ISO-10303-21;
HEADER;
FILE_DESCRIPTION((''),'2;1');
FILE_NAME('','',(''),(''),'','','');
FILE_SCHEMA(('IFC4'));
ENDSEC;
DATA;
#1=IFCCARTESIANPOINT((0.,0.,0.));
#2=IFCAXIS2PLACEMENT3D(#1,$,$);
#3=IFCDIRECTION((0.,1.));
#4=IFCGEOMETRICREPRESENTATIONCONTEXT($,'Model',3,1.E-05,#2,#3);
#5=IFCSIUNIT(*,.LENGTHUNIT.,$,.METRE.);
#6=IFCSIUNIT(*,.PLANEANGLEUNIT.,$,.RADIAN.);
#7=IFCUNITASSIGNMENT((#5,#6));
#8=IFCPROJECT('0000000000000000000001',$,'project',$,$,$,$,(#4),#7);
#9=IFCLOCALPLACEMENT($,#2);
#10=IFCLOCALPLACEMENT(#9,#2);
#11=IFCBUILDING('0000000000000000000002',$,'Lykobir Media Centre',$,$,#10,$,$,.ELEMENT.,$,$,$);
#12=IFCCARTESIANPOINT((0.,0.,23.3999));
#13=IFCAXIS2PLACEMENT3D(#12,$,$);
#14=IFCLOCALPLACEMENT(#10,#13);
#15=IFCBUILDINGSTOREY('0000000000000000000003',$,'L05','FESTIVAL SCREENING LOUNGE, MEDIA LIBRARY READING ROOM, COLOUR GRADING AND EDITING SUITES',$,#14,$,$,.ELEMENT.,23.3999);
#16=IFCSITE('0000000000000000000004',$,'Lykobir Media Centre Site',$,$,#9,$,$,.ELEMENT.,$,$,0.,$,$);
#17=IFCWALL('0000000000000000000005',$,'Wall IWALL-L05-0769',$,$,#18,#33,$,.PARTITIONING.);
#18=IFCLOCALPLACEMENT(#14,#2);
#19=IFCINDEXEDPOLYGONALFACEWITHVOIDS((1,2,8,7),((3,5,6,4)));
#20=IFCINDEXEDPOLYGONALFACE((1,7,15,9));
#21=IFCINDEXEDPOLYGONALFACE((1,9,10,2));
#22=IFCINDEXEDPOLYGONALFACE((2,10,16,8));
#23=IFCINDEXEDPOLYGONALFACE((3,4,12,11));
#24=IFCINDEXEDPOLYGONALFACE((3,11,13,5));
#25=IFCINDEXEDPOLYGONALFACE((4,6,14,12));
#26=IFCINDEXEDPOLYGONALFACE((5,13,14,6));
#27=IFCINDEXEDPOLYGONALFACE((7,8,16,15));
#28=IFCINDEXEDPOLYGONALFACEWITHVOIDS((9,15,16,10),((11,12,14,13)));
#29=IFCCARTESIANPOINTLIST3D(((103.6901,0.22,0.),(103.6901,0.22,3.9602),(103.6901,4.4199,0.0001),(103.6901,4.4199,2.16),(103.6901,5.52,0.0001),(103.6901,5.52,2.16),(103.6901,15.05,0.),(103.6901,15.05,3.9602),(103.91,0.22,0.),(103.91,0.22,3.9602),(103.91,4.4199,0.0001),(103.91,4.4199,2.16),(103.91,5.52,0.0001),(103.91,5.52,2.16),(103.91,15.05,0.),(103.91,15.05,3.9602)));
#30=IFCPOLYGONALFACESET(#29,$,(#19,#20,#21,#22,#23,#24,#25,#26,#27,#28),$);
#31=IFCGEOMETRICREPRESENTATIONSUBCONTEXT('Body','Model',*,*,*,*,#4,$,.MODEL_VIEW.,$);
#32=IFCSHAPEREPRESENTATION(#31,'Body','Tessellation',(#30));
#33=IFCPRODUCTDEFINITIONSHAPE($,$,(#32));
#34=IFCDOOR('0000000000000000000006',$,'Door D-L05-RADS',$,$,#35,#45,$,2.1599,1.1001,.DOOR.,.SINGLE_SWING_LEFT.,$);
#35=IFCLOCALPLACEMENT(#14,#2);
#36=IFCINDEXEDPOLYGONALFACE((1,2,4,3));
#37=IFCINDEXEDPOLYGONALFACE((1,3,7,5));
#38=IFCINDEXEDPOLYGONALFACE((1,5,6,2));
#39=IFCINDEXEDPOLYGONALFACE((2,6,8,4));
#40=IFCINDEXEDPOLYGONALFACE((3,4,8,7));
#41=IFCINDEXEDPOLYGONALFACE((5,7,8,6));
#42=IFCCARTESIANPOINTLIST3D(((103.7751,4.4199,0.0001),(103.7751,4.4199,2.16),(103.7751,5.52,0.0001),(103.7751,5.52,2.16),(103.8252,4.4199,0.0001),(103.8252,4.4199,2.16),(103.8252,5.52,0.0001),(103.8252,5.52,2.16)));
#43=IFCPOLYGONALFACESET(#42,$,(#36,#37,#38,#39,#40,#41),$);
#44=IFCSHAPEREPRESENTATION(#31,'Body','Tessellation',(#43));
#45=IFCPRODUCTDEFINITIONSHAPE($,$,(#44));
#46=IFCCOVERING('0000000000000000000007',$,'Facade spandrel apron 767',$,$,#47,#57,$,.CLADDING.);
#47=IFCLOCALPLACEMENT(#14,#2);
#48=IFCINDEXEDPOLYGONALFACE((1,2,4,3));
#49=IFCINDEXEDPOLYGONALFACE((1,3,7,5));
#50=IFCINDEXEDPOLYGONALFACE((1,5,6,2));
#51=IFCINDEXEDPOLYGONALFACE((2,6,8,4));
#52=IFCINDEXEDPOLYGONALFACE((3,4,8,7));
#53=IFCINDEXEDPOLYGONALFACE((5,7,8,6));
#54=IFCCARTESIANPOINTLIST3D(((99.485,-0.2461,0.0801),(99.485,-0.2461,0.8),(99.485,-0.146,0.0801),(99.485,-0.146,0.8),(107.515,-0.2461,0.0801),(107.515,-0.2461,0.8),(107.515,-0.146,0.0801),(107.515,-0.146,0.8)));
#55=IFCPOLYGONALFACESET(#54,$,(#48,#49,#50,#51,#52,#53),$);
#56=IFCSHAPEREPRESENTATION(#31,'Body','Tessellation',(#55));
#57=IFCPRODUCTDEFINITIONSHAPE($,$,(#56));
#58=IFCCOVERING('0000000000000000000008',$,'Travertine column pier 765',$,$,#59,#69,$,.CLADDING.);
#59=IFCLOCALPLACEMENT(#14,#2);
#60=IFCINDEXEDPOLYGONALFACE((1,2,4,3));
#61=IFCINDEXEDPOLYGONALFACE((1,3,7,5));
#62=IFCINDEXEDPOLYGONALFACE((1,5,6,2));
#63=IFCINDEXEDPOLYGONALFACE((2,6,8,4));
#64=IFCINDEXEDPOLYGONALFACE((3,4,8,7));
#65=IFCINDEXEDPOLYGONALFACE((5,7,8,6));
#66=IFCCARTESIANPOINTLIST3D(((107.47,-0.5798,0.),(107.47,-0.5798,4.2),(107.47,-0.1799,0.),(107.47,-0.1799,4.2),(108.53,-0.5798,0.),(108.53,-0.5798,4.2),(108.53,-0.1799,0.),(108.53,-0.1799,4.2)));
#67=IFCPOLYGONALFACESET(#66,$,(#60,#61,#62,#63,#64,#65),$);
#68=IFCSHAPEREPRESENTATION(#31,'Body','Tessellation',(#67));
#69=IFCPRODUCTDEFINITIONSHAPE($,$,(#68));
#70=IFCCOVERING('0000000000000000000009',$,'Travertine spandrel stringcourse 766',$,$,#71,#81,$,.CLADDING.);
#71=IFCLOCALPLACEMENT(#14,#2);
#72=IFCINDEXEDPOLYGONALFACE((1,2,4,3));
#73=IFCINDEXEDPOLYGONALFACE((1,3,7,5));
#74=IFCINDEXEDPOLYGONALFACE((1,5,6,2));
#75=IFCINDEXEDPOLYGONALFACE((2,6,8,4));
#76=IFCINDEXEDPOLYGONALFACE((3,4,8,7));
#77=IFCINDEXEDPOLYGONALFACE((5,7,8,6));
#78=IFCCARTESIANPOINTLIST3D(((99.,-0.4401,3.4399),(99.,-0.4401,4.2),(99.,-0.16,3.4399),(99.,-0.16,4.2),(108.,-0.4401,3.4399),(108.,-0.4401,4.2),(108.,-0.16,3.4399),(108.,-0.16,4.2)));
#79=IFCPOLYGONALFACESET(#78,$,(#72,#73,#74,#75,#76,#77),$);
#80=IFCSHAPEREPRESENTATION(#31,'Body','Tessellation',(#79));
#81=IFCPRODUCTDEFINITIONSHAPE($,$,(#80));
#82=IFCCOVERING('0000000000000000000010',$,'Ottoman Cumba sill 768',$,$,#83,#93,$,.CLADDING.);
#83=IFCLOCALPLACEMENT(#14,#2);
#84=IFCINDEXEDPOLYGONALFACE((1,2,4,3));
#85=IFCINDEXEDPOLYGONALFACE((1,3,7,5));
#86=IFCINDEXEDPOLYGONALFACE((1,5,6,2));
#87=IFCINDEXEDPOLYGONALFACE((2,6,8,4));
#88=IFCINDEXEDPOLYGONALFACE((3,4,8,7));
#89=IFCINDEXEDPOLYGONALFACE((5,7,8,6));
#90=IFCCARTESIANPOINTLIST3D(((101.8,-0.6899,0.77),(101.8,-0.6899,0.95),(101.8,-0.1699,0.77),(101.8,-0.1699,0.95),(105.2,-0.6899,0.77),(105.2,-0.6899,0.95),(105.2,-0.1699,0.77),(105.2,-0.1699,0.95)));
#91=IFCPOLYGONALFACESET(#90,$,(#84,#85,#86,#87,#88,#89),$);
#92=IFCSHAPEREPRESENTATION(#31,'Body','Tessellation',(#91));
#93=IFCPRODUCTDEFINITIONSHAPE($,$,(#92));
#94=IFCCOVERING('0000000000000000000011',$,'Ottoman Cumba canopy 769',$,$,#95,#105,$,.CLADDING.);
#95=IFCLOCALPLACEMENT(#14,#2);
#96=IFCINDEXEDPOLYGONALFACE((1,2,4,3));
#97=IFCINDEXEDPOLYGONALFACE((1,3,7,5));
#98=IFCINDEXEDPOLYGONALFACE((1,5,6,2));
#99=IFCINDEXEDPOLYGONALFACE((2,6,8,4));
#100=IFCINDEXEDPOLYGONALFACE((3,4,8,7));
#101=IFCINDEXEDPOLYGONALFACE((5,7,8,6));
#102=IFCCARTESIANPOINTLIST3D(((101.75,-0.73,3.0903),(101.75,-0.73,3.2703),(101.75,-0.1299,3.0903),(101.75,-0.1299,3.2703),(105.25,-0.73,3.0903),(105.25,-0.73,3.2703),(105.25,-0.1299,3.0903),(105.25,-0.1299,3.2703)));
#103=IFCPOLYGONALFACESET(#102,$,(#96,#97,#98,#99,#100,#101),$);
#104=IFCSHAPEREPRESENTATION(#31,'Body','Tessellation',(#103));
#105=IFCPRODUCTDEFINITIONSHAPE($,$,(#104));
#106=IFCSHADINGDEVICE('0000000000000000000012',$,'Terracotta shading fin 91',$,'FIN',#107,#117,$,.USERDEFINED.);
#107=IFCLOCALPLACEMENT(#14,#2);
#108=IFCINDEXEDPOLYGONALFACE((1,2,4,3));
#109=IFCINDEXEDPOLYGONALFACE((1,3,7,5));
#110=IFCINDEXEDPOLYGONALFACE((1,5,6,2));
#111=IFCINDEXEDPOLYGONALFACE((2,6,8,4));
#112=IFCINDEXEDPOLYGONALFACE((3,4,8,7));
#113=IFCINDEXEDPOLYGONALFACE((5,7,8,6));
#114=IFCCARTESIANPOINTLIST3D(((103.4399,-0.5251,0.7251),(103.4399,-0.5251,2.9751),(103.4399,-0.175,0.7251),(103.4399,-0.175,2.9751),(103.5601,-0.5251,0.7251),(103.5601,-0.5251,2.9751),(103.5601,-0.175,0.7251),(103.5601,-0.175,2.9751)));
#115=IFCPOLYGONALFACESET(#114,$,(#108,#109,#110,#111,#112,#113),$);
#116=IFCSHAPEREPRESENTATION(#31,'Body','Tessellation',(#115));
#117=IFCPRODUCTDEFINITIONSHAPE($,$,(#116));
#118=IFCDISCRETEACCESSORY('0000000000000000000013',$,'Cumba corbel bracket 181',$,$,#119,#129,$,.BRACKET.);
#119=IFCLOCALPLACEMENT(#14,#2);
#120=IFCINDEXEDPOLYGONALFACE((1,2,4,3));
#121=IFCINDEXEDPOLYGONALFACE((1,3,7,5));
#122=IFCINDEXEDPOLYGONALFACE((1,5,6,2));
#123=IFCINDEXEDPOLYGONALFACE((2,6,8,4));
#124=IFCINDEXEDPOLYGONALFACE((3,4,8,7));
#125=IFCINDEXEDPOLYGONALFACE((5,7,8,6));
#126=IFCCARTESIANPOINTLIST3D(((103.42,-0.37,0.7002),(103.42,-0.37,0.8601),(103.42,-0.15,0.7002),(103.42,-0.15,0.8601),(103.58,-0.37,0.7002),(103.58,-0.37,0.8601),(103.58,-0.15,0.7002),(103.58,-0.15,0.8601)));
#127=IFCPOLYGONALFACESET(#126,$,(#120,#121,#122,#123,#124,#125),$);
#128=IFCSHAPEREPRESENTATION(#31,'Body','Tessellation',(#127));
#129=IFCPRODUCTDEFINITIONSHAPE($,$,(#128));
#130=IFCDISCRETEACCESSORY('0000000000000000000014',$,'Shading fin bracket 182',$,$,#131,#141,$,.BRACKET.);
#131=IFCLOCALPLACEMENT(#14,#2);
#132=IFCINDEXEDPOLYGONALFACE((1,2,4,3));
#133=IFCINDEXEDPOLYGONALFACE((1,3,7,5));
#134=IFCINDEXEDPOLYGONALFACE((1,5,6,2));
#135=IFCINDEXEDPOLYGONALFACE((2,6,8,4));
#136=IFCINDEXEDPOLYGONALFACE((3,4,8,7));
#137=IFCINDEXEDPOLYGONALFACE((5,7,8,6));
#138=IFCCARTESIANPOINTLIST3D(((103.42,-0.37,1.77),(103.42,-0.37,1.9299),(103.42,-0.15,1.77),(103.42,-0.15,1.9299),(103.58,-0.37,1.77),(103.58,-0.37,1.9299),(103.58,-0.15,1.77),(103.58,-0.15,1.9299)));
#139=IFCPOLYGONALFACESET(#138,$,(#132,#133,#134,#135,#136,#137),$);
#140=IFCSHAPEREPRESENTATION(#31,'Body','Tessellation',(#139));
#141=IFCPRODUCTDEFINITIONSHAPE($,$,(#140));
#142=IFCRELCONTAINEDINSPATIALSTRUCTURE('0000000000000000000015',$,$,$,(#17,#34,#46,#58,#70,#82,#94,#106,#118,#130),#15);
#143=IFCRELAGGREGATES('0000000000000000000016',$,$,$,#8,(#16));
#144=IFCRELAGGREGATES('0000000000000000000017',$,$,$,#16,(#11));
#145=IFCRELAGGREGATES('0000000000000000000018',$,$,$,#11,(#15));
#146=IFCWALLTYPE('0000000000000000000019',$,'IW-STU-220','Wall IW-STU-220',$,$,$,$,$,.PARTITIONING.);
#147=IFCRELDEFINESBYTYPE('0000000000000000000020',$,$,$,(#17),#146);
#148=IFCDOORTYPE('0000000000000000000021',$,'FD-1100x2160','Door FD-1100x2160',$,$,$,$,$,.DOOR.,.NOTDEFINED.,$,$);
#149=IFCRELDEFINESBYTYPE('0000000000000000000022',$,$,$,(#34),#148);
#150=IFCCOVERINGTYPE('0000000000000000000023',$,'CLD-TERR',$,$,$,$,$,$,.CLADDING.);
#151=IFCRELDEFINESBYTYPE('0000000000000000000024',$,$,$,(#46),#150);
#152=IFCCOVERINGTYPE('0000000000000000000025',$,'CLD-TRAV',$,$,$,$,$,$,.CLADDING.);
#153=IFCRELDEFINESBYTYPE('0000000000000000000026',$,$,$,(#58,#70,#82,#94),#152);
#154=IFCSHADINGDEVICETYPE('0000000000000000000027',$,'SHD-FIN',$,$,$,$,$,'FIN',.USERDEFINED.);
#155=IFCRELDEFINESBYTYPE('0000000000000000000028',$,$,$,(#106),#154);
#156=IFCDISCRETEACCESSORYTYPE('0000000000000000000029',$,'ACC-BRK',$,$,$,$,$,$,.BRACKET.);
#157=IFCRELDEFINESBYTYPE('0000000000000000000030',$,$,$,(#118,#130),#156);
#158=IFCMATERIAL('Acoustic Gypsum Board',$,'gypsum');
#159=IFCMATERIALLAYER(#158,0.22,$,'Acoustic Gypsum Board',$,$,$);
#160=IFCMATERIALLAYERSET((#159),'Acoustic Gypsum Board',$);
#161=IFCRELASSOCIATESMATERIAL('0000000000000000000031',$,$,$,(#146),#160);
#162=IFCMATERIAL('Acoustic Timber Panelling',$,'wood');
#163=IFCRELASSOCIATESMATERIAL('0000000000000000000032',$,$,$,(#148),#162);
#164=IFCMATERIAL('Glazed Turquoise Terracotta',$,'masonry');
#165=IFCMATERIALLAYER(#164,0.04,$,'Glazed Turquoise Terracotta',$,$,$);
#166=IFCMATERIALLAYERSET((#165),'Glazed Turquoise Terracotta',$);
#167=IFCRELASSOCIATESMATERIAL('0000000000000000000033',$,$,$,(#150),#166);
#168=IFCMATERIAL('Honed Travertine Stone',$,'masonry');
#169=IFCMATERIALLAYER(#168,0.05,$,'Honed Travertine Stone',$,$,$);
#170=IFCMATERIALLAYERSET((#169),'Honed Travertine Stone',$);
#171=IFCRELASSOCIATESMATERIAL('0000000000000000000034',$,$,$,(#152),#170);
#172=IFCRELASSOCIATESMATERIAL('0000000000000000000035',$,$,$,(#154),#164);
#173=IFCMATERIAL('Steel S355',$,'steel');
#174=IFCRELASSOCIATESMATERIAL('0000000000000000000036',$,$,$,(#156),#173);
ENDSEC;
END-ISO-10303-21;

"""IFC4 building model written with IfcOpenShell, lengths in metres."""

from ifc_helpers import new_model, si_unit, direction, frame, frame_2d, origin, origin_2d, place, context, subcontext, project, spatial, rectangle, extrude, material, layer, layer_set, type_object, element, fill, save


model = new_model("IFC4")

# Units and contexts
model_context = context("Model", 3, precision=1e-05, world=origin(), true_north=direction((0.0, 1.0)))
body_context = subcontext(model_context, "Body", "Model", "MODEL_VIEW")
ifc_project = project(units=[si_unit("LENGTHUNIT", "METRE"), si_unit("PLANEANGLEUNIT", "RADIAN")], contexts=[model_context])

# Site, building, storey
site_placement = place(None, origin())
site = spatial("IfcSite", under=ifc_project, at=site_placement, Name="Lykobir Media Centre Site", CompositionType="ELEMENT", RefElevation=0.0)
building_placement = place(site_placement, origin())
building = spatial("IfcBuilding", under=site, at=building_placement, Name="Lykobir Media Centre", CompositionType="ELEMENT")
storey_placement = place(building_placement, frame((0.0, 0.0, 23.3999)))
storey = spatial("IfcBuildingStorey", under=building, at=storey_placement, Name="L05", Description="FESTIVAL SCREENING LOUNGE, MEDIA LIBRARY READING ROOM, COLOUR GRADING AND EDITING SUITES", CompositionType="ELEMENT", Elevation=23.3999)

# Shared definitions
ifc_material_1 = material(Name="Steel S355", Category="steel")

# Wall, opening, door
ifc_material_2 = material(Name="Acoustic Gypsum Board", Category="gypsum")
ifc_layer_1 = layer(ifc_material_2, 0.22, Name="Acoustic Gypsum Board")
ifc_layer_set_1 = layer_set([ifc_layer_1], Name="Acoustic Gypsum Board")
wall_type_1 = type_object("IfcWallType", Name="IW-STU-220", Description="Wall IW-STU-220", PredefinedType="PARTITIONING", material=ifc_layer_set_1)
wall_1_placement = place(storey_placement, frame((103.8, 0.22, 0.0), z_axis=(0.0, 0.0, 1.0), x_axis=(0.0, 1.0, 0.0)))
wall_1 = element("IfcWall", 1, at=wall_1_placement, inside=storey, type_object=wall_type_1, Name="Wall IWALL-L05-0769", PredefinedType="PARTITIONING", context=body_context, shape_type="SweptSolid", body=[
    extrude(rectangle(XDim=14.8301, YDim=0.22, at=frame_2d((7.415, 0.0))), origin(), (0.0, 0.0, 1.0), 3.9602),
])
opening_1_placement = place(wall_1_placement, frame((4.2, 0.0, 0.0)))
opening_1 = element("IfcOpeningElement", 2, at=opening_1_placement, cuts=wall_1, PredefinedType="OPENING", context=body_context, shape_type="SweptSolid", body=[
    extrude(rectangle(XDim=1.1001, YDim=2.1599, at=frame_2d((0.55, 1.0801))), frame((0.0, 0.1199, 0.0), z_axis=(0.0, -1.0, 0.0), x_axis=(1.0, 0.0, 0.0)), (0.0, 0.0, 1.0), 0.24),
])
ifc_material_3 = material(Name="Acoustic Timber Panelling", Category="wood")
door_type = type_object("IfcDoorType", Name="FD-1100x2160", Description="Door FD-1100x2160", OperationType="NOTDEFINED", PredefinedType="DOOR", material=ifc_material_3)
door_placement = place(opening_1_placement, origin())
door = element("IfcDoor", 3, at=door_placement, inside=storey, type_object=door_type, Name="Door D-L05-RADS", OperationType="SINGLE_SWING_LEFT", OverallHeight=2.1599, OverallWidth=1.1001, PredefinedType="DOOR", context=body_context, shape_type="SweptSolid", body=[
    extrude(rectangle(XDim=1.1001, YDim=2.1599, at=frame_2d((0.55, 1.0801))), frame((0.0, 0.0249, 0.0), z_axis=(0.0, -1.0, 0.0), x_axis=(1.0, 0.0, 0.0)), (0.0, 0.0, 1.0), 0.05),
])
fill(opening_1, door)

# Coverings
ifc_material_4 = material(Name="Glazed Turquoise Terracotta", Category="masonry")
ifc_layer_2 = layer(ifc_material_4, 0.04, Name="Glazed Turquoise Terracotta")
ifc_layer_set_2 = layer_set([ifc_layer_2], Name="Glazed Turquoise Terracotta")
covering_type_1 = type_object("IfcCoveringType", Name="CLD-TERR", PredefinedType="CLADDING", material=ifc_layer_set_2)
covering_1_placement = place(storey_placement, frame((103.5, -0.196, 0.0801), z_axis=(0.0, 0.0, 1.0), x_axis=(1.0, 0.0, 0.0)))
element("IfcCovering", 4, at=covering_1_placement, inside=storey, type_object=covering_type_1, Name="Facade spandrel apron 767", PredefinedType="CLADDING", context=body_context, shape_type="SweptSolid", body=[
    extrude(rectangle(XDim=8.03, YDim=0.1001, at=origin_2d()), origin(), (0.0, 0.0, 1.0), 0.72),
])
ifc_material_5 = material(Name="Honed Travertine Stone", Category="masonry")
ifc_layer_3 = layer(ifc_material_5, 0.05, Name="Honed Travertine Stone")
ifc_layer_set_3 = layer_set([ifc_layer_3], Name="Honed Travertine Stone")
covering_type_2 = type_object("IfcCoveringType", Name="CLD-TRAV", PredefinedType="CLADDING", material=ifc_layer_set_3)
covering_2_placement = place(storey_placement, frame((108.0, -0.3799, 0.0), z_axis=(0.0, 0.0, 1.0), x_axis=(1.0, 0.0, 0.0)))
element("IfcCovering", 5, at=covering_2_placement, inside=storey, type_object=covering_type_2, Name="Travertine column pier 765", PredefinedType="CLADDING", context=body_context, shape_type="SweptSolid", body=[
    extrude(rectangle(XDim=1.0601, YDim=0.3999, at=origin_2d()), origin(), (0.0, 0.0, 1.0), 4.2),
])
covering_3_placement = place(storey_placement, frame((103.5, -0.3, 3.4399), z_axis=(0.0, 0.0, 1.0), x_axis=(1.0, 0.0, 0.0)))
element("IfcCovering", 6, at=covering_3_placement, inside=storey, type_object=covering_type_2, Name="Travertine spandrel stringcourse 766", PredefinedType="CLADDING", context=body_context, shape_type="SweptSolid", body=[
    extrude(rectangle(XDim=9.0, YDim=0.28, at=origin_2d()), origin(), (0.0, 0.0, 1.0), 0.76),
])
covering_4_placement = place(storey_placement, frame((103.5, -0.4299, 0.77), z_axis=(0.0, 0.0, 1.0), x_axis=(1.0, 0.0, 0.0)))
element("IfcCovering", 7, at=covering_4_placement, inside=storey, type_object=covering_type_2, Name="Ottoman Cumba sill 768", PredefinedType="CLADDING", context=body_context, shape_type="SweptSolid", body=[
    extrude(rectangle(XDim=3.3999, YDim=0.52, at=origin_2d()), origin(), (0.0, 0.0, 1.0), 0.1799),
])
covering_5_placement = place(storey_placement, frame((103.5, -0.4299, 3.0903), z_axis=(0.0, 0.0, 1.0), x_axis=(1.0, 0.0, 0.0)))
element("IfcCovering", 8, at=covering_5_placement, inside=storey, type_object=covering_type_2, Name="Ottoman Cumba canopy 769", PredefinedType="CLADDING", context=body_context, shape_type="SweptSolid", body=[
    extrude(rectangle(XDim=3.5, YDim=0.6001, at=origin_2d()), origin(), (0.0, 0.0, 1.0), 0.1799),
])

# Shading device
shading_device_type = type_object("IfcShadingDeviceType", Name="SHD-FIN", ElementType="FIN", PredefinedType="USERDEFINED", material=ifc_material_4)
shading_device_placement = place(storey_placement, frame((103.5, -0.3501, 0.7251), z_axis=(0.0, 0.0, 1.0), x_axis=(1.0, 0.0, 0.0)))
element("IfcShadingDevice", 9, at=shading_device_placement, inside=storey, type_object=shading_device_type, Name="Terracotta shading fin 91", ObjectType="FIN", PredefinedType="USERDEFINED", context=body_context, shape_type="SweptSolid", body=[
    extrude(rectangle(XDim=0.1201, YDim=0.3501, at=origin_2d()), origin(), (0.0, 0.0, 1.0), 2.25),
])

# Discrete accessories
discrete_accessory_type = type_object("IfcDiscreteAccessoryType", Name="ACC-BRK", PredefinedType="BRACKET", material=ifc_material_1)
for number, where, z_axis, x_axis, name in (
    (10, (103.5, -0.26, 0.7002), (0.0, 0.0, 1.0), (1.0, 0.0, 0.0), "Cumba corbel bracket 181"),
    (11, (103.5, -0.26, 1.77), (0.0, 0.0, 1.0), (1.0, 0.0, 0.0), "Shading fin bracket 182"),
):
    element("IfcDiscreteAccessory", number, at=place(storey_placement, frame(where, z_axis=z_axis, x_axis=x_axis)), inside=storey, type_object=discrete_accessory_type, Name=name, PredefinedType="BRACKET", context=body_context, shape_type="SweptSolid", body=[
        extrude(rectangle(XDim=0.1599, YDim=0.22, at=origin_2d()), origin(), (0.0, 0.0, 1.0), 0.1599),
    ])

save(model, "model.ifc")
